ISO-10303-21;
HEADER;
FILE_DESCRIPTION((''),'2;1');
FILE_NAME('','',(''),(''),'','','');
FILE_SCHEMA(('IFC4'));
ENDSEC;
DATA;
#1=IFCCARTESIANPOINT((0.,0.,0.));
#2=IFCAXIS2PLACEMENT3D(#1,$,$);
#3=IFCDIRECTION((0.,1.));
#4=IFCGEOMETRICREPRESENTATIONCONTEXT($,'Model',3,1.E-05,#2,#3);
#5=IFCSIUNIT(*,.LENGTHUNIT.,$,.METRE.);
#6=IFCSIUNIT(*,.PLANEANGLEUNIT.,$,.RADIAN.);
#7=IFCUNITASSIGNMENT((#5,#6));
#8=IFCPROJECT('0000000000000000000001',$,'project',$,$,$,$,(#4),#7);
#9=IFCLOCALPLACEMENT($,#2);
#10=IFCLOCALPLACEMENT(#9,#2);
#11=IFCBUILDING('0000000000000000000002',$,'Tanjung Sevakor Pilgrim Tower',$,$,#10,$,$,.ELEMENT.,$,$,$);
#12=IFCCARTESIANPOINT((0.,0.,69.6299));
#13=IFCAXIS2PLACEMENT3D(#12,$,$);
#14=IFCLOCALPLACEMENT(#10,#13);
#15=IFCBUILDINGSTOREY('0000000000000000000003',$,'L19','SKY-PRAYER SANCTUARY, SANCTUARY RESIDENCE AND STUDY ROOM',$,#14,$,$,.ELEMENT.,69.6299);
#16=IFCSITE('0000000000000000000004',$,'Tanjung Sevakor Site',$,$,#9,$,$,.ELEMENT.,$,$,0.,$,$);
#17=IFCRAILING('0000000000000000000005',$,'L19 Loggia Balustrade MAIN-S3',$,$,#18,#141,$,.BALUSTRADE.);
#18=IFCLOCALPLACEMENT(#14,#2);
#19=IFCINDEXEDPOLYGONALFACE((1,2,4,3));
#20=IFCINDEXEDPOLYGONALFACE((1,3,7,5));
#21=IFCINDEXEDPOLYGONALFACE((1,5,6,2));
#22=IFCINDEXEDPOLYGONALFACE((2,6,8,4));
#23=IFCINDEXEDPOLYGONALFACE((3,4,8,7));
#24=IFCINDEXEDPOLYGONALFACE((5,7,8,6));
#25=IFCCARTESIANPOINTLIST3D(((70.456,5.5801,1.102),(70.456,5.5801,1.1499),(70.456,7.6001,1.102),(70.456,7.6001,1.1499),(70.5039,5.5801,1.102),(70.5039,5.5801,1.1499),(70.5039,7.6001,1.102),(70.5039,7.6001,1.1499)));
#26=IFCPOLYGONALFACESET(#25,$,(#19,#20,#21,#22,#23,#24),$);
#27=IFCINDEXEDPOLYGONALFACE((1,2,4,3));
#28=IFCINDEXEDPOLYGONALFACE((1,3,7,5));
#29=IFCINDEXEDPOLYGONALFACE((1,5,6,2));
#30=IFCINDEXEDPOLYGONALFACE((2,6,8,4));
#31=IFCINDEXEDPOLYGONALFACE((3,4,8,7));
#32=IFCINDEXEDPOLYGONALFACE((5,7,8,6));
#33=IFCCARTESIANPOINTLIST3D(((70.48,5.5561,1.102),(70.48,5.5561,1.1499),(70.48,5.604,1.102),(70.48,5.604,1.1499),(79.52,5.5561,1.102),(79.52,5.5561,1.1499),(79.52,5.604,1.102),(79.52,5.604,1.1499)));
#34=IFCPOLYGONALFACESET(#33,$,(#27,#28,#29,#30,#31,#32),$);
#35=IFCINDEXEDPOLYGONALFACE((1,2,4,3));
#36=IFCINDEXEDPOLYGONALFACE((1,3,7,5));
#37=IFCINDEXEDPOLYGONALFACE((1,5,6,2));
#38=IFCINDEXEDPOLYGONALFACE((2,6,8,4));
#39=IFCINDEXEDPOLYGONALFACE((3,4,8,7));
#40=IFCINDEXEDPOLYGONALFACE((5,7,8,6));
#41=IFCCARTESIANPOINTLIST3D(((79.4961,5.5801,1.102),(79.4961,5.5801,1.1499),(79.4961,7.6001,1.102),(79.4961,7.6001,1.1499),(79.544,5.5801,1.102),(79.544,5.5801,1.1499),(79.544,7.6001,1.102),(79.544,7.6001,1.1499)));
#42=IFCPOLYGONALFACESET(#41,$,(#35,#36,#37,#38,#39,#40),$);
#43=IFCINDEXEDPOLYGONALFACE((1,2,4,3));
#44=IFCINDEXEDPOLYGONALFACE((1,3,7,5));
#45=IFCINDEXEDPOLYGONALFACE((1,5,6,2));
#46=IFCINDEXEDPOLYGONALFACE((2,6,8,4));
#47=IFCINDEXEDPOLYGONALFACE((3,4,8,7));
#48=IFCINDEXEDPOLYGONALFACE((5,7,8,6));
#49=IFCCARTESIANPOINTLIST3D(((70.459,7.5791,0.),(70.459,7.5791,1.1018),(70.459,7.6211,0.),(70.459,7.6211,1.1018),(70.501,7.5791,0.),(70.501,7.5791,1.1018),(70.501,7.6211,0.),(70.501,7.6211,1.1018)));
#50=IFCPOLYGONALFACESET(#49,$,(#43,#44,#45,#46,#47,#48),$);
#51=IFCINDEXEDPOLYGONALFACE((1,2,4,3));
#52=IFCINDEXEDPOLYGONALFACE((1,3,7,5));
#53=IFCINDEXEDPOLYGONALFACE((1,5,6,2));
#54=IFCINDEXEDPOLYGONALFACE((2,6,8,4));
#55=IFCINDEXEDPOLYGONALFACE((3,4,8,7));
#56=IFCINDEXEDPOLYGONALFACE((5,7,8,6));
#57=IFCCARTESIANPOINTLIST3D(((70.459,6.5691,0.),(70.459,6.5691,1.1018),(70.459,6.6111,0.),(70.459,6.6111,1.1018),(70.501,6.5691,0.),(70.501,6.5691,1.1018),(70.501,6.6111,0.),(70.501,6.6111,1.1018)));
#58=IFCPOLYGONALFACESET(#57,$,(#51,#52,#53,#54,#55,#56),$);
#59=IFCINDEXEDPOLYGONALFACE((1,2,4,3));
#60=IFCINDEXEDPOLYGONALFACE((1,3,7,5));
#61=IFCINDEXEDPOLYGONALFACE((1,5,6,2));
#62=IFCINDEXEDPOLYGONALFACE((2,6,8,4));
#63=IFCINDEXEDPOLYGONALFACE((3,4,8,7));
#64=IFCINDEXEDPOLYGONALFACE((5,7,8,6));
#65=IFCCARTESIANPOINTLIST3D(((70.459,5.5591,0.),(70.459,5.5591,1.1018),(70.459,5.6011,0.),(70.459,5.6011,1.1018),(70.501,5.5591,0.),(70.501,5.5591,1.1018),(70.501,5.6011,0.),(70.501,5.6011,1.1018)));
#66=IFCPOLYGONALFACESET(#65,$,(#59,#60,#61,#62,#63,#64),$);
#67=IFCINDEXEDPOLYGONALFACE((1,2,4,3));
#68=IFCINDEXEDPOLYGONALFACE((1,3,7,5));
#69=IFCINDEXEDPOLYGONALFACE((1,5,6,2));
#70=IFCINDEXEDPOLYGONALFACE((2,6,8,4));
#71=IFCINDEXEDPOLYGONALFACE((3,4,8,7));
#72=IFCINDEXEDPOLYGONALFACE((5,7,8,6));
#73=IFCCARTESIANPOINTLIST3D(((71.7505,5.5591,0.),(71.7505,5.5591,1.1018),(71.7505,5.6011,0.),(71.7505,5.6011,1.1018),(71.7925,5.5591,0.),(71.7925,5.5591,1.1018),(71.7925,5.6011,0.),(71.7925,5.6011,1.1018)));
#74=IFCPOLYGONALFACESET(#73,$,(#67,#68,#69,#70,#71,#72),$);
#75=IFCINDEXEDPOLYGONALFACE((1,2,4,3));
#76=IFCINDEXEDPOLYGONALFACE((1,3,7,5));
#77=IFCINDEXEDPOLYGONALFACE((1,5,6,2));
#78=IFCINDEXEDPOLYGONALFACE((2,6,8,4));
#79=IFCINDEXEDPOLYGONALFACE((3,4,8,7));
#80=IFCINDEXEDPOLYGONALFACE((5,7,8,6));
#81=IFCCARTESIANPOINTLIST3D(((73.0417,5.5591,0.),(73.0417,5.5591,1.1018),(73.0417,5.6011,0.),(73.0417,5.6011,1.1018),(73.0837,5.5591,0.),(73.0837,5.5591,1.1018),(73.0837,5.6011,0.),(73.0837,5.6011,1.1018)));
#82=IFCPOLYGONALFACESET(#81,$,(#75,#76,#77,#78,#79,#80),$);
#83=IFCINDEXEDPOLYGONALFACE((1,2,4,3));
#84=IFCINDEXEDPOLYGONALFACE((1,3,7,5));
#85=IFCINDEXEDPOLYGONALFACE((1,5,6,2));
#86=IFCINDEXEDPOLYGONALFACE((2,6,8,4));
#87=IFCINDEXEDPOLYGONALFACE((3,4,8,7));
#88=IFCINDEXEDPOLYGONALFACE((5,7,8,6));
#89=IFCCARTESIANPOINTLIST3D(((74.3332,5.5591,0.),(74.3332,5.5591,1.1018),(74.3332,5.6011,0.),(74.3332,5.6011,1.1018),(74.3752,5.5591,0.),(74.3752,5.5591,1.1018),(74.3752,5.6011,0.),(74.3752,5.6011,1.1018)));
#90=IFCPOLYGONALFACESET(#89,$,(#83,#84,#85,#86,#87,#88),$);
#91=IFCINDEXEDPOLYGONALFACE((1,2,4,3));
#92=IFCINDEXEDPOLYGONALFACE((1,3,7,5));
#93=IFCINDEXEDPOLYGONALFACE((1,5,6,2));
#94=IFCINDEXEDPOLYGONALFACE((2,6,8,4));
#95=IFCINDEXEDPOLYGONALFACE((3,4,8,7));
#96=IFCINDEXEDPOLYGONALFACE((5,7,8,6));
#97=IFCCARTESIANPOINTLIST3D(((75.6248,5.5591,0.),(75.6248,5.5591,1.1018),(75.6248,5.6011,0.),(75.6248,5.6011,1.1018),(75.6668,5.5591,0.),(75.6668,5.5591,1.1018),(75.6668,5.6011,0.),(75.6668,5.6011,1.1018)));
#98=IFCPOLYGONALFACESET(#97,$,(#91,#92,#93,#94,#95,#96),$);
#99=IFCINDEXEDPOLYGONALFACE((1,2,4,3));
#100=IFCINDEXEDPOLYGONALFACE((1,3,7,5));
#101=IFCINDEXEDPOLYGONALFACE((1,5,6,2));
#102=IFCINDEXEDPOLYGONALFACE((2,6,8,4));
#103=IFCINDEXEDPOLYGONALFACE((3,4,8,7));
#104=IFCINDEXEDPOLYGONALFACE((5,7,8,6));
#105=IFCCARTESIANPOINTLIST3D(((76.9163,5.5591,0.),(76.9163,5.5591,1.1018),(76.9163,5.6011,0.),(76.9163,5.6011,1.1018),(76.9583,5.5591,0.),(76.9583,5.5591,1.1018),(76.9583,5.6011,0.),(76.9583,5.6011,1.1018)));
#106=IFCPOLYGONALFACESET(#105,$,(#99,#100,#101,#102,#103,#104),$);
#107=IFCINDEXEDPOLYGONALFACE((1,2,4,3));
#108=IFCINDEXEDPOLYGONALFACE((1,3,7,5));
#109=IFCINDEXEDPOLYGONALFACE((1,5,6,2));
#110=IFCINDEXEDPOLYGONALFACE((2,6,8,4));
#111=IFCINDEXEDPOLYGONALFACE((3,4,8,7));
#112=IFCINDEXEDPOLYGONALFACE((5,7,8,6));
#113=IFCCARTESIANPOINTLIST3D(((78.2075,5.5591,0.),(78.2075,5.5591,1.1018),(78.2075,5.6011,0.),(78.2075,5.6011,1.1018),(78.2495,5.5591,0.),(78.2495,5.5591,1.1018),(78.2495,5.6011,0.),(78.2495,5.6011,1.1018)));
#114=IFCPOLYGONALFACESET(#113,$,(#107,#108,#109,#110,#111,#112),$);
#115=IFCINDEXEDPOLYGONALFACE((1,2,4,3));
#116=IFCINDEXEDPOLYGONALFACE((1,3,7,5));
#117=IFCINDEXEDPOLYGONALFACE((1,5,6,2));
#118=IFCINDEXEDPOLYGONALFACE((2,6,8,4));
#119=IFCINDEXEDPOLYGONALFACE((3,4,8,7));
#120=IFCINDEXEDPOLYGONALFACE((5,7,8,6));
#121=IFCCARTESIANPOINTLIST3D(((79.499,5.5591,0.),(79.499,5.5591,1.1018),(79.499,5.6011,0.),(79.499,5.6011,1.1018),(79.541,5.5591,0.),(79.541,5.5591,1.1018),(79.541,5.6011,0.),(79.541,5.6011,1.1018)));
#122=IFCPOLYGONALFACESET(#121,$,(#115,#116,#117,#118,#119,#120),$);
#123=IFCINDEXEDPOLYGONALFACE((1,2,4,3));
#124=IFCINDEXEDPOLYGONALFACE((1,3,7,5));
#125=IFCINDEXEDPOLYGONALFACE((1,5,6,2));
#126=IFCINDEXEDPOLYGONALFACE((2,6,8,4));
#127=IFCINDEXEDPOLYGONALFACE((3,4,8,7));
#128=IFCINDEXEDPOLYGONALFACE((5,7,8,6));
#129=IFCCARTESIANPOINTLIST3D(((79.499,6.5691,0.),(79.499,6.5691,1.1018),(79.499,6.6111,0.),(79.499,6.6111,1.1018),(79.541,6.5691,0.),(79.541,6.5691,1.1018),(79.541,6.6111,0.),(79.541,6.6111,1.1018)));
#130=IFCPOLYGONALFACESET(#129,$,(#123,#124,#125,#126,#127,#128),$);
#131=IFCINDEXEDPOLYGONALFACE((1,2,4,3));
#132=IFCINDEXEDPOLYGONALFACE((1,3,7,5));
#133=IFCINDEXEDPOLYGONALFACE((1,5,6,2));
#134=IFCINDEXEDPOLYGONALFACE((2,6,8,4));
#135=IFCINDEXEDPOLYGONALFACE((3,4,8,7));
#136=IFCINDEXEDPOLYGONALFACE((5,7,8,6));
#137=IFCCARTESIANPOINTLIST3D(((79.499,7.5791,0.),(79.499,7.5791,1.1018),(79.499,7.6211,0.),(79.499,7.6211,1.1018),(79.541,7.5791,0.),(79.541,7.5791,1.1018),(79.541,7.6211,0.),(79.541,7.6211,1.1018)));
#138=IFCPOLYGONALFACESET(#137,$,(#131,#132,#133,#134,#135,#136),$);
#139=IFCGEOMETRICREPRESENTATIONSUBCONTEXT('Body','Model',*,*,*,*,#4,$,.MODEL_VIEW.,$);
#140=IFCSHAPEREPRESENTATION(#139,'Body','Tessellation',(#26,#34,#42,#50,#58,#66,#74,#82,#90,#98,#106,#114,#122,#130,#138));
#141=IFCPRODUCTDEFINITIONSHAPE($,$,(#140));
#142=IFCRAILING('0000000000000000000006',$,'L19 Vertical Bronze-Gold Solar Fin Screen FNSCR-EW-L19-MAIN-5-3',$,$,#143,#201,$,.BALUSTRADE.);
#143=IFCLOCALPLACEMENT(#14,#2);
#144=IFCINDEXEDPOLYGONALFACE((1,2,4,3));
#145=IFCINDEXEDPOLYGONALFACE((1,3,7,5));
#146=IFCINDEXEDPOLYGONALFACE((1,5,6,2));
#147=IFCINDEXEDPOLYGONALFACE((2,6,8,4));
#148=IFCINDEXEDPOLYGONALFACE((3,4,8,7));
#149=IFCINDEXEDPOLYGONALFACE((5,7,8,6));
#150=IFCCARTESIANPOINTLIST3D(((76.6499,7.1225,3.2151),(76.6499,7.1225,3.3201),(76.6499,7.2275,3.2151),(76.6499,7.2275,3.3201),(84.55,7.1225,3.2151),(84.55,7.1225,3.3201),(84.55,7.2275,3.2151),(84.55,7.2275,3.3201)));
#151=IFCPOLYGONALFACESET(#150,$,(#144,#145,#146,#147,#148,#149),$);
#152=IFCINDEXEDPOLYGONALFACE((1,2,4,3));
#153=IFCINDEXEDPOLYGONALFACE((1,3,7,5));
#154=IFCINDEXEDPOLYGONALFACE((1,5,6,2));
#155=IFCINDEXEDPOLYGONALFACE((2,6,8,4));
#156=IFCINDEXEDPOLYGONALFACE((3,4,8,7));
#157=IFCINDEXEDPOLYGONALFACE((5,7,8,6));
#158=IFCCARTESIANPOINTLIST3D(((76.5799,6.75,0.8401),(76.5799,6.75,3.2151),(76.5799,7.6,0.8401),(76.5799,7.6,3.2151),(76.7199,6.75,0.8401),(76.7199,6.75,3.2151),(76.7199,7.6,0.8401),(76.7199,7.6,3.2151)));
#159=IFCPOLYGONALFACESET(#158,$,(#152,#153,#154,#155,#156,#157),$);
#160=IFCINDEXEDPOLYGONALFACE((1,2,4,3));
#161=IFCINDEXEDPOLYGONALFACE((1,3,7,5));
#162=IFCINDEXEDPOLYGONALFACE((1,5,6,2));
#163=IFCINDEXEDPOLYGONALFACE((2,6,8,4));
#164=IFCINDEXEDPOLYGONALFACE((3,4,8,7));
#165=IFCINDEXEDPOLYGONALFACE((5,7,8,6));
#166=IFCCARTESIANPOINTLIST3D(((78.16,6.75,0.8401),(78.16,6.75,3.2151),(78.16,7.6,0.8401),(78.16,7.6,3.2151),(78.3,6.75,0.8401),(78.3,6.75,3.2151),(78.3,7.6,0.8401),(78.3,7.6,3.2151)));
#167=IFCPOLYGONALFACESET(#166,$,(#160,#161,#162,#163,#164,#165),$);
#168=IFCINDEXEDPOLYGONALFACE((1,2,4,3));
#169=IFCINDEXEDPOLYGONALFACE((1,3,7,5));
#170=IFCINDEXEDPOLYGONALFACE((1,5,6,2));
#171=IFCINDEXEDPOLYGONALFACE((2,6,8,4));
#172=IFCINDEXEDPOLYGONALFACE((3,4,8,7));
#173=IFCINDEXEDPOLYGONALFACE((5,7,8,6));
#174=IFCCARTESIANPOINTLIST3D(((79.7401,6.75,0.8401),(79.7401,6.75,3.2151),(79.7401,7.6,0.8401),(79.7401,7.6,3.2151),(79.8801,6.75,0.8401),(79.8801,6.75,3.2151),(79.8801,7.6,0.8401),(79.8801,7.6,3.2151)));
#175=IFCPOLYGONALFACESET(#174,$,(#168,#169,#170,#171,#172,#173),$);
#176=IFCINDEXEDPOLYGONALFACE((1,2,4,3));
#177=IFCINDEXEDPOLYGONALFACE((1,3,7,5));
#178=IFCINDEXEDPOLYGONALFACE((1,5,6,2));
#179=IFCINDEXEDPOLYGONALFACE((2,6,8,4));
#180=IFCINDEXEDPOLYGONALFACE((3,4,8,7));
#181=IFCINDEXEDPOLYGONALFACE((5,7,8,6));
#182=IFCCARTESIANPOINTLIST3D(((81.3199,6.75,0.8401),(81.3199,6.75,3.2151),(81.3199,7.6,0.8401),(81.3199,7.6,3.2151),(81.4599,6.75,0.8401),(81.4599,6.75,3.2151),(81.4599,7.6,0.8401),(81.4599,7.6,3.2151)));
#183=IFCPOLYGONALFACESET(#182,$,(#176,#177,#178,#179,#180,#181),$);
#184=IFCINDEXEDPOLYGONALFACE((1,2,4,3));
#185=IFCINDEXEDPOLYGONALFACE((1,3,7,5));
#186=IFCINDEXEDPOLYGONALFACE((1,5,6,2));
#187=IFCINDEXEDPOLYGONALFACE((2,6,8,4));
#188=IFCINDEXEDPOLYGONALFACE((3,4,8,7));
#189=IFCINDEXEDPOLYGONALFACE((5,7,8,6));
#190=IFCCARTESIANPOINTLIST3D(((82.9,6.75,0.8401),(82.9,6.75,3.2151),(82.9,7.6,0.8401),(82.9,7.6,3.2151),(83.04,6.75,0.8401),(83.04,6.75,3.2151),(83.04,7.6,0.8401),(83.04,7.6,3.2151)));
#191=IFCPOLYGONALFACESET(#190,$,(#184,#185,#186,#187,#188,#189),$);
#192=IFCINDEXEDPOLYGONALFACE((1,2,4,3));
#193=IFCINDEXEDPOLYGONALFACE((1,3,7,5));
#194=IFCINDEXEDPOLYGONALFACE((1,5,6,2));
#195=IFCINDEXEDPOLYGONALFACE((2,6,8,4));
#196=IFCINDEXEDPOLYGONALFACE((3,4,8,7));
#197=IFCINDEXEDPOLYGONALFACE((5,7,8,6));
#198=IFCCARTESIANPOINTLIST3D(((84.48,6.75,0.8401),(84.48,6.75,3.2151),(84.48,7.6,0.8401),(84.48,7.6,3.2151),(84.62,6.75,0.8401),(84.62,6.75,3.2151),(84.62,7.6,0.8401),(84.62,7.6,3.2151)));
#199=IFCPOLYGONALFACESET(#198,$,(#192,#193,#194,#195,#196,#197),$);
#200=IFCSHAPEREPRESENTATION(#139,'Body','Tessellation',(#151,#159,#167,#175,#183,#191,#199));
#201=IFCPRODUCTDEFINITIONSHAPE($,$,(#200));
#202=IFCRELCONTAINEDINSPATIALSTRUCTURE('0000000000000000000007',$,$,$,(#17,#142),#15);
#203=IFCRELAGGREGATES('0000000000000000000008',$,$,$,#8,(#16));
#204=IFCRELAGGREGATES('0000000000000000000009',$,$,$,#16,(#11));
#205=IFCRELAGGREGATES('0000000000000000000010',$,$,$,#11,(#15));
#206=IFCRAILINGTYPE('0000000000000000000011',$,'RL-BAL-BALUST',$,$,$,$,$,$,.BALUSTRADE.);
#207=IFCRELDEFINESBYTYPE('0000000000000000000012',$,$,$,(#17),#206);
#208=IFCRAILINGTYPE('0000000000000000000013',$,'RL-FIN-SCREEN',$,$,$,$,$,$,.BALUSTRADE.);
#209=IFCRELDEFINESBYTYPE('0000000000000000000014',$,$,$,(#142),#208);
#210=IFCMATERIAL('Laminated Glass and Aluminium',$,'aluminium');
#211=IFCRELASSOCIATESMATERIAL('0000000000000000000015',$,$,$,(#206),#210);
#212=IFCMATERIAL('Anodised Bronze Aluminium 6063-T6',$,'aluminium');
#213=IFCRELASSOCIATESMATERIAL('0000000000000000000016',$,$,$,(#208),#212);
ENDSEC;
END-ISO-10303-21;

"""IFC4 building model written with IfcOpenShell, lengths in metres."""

from ifc_helpers import new_model, si_unit, direction, frame, origin, place, context, subcontext, project, spatial, rectangle, extrude, material, type_object, element, save


model = new_model("IFC4")

# Units and contexts
model_context = context("Model", 3, precision=1e-05, world=origin(), true_north=direction((0.0, 1.0)))
body_context = subcontext(model_context, "Body", "Model", "MODEL_VIEW")
ifc_project = project(units=[si_unit("LENGTHUNIT", "METRE"), si_unit("PLANEANGLEUNIT", "RADIAN")], contexts=[model_context])

# Site, building, storey
site_placement = place(None, origin())
site = spatial("IfcSite", under=ifc_project, at=site_placement, Name="Tanjung Sevakor Site", CompositionType="ELEMENT", RefElevation=0.0)
building_placement = place(site_placement, origin())
building = spatial("IfcBuilding", under=site, at=building_placement, Name="Tanjung Sevakor Pilgrim Tower", CompositionType="ELEMENT")
storey_placement = place(building_placement, frame((0.0, 0.0, 69.6299)))
storey = spatial("IfcBuildingStorey", under=building, at=storey_placement, Name="L19", Description="SKY-PRAYER SANCTUARY, SANCTUARY RESIDENCE AND STUDY ROOM", CompositionType="ELEMENT", Elevation=69.6299)

# Railings
ifc_material_1 = material(Name="Laminated Glass and Aluminium", Category="aluminium")
railing_type_1 = type_object("IfcRailingType", Name="RL-BAL-BALUST", PredefinedType="BALUSTRADE", material=ifc_material_1)
railing_1_placement = place(storey_placement, frame((70.48, 7.6001, 0.0)))
element("IfcRailing", 1, at=railing_1_placement, inside=storey, type_object=railing_type_1, Name="L19 Loggia Balustrade MAIN-S3", PredefinedType="BALUSTRADE", context=body_context, shape_type="SweptSolid", body=[
    extrude(rectangle(XDim=0.0479, YDim=0.0479), frame((0.0, 0.0, 1.126), z_axis=(0.0, -1.0, 0.0), x_axis=(1.0, 0.0, 0.0)), (0.0, 0.0, 1.0), 2.02),
    extrude(rectangle(XDim=0.0479, YDim=0.0479), frame((0.0, -2.02, 1.126), z_axis=(1.0, 0.0, 0.0), x_axis=(0.0, 1.0, 0.0)), (0.0, 0.0, 1.0), 9.04),
    extrude(rectangle(XDim=0.0479, YDim=0.0479), frame((9.04, -2.02, 1.126), z_axis=(0.0, 1.0, 0.0), x_axis=(-1.0, 0.0, 0.0)), (0.0, 0.0, 1.0), 2.02),
    extrude(rectangle(XDim=0.042, YDim=0.042), origin(), (0.0, 0.0, 1.0), 1.1018),
    extrude(rectangle(XDim=0.042, YDim=0.042), frame((0.0, -1.01, 0.0)), (0.0, 0.0, 1.0), 1.1018),
    extrude(rectangle(XDim=0.042, YDim=0.042), frame((0.0, -2.02, 0.0)), (0.0, 0.0, 1.0), 1.1018),
    extrude(rectangle(XDim=0.042, YDim=0.042), frame((1.2915, -2.02, 0.0)), (0.0, 0.0, 1.0), 1.1018),
    extrude(rectangle(XDim=0.042, YDim=0.042), frame((2.5828, -2.02, 0.0)), (0.0, 0.0, 1.0), 1.1018),
    extrude(rectangle(XDim=0.042, YDim=0.042), frame((3.8743, -2.02, 0.0)), (0.0, 0.0, 1.0), 1.1018),
    extrude(rectangle(XDim=0.042, YDim=0.042), frame((5.1658, -2.02, 0.0)), (0.0, 0.0, 1.0), 1.1018),
    extrude(rectangle(XDim=0.042, YDim=0.042), frame((6.4573, -2.02, 0.0)), (0.0, 0.0, 1.0), 1.1018),
    extrude(rectangle(XDim=0.042, YDim=0.042), frame((7.7485, -2.02, 0.0)), (0.0, 0.0, 1.0), 1.1018),
    extrude(rectangle(XDim=0.042, YDim=0.042), frame((9.04, -2.02, 0.0)), (0.0, 0.0, 1.0), 1.1018),
    extrude(rectangle(XDim=0.042, YDim=0.042), frame((9.04, -1.01, 0.0)), (0.0, 0.0, 1.0), 1.1018),
    extrude(rectangle(XDim=0.042, YDim=0.042), frame((9.04, 0.0, 0.0)), (0.0, 0.0, 1.0), 1.1018),
])
ifc_material_2 = material(Name="Anodised Bronze Aluminium 6063-T6", Category="aluminium")
railing_type_2 = type_object("IfcRailingType", Name="RL-FIN-SCREEN", PredefinedType="BALUSTRADE", material=ifc_material_2)
railing_2_placement = place(storey_placement, frame((76.6499, 7.175, 0.8401)))
element("IfcRailing", 2, at=railing_2_placement, inside=storey, type_object=railing_type_2, Name="L19 Vertical Bronze-Gold Solar Fin Screen FNSCR-EW-L19-MAIN-5-3", PredefinedType="BALUSTRADE", context=body_context, shape_type="SweptSolid", body=[
    extrude(rectangle(XDim=0.105, YDim=0.105), frame((0.0, 0.0, 2.4275), z_axis=(1.0, 0.0, 0.0), x_axis=(0.0, 1.0, 0.0)), (0.0, 0.0, 1.0), 7.9001),
    extrude(rectangle(XDim=0.14, YDim=0.85), origin(), (0.0, 0.0, 1.0), 2.375),
    extrude(rectangle(XDim=0.14, YDim=0.85), frame((1.5801, 0.0, 0.0)), (0.0, 0.0, 1.0), 2.375),
    extrude(rectangle(XDim=0.14, YDim=0.85), frame((3.1602, 0.0, 0.0)), (0.0, 0.0, 1.0), 2.375),
    extrude(rectangle(XDim=0.14, YDim=0.85), frame((4.74, 0.0, 0.0)), (0.0, 0.0, 1.0), 2.375),
    extrude(rectangle(XDim=0.14, YDim=0.85), frame((6.3201, 0.0, 0.0)), (0.0, 0.0, 1.0), 2.375),
    extrude(rectangle(XDim=0.14, YDim=0.85), frame((7.9001, 0.0, 0.0)), (0.0, 0.0, 1.0), 2.375),
])

save(model, "model.ifc")
